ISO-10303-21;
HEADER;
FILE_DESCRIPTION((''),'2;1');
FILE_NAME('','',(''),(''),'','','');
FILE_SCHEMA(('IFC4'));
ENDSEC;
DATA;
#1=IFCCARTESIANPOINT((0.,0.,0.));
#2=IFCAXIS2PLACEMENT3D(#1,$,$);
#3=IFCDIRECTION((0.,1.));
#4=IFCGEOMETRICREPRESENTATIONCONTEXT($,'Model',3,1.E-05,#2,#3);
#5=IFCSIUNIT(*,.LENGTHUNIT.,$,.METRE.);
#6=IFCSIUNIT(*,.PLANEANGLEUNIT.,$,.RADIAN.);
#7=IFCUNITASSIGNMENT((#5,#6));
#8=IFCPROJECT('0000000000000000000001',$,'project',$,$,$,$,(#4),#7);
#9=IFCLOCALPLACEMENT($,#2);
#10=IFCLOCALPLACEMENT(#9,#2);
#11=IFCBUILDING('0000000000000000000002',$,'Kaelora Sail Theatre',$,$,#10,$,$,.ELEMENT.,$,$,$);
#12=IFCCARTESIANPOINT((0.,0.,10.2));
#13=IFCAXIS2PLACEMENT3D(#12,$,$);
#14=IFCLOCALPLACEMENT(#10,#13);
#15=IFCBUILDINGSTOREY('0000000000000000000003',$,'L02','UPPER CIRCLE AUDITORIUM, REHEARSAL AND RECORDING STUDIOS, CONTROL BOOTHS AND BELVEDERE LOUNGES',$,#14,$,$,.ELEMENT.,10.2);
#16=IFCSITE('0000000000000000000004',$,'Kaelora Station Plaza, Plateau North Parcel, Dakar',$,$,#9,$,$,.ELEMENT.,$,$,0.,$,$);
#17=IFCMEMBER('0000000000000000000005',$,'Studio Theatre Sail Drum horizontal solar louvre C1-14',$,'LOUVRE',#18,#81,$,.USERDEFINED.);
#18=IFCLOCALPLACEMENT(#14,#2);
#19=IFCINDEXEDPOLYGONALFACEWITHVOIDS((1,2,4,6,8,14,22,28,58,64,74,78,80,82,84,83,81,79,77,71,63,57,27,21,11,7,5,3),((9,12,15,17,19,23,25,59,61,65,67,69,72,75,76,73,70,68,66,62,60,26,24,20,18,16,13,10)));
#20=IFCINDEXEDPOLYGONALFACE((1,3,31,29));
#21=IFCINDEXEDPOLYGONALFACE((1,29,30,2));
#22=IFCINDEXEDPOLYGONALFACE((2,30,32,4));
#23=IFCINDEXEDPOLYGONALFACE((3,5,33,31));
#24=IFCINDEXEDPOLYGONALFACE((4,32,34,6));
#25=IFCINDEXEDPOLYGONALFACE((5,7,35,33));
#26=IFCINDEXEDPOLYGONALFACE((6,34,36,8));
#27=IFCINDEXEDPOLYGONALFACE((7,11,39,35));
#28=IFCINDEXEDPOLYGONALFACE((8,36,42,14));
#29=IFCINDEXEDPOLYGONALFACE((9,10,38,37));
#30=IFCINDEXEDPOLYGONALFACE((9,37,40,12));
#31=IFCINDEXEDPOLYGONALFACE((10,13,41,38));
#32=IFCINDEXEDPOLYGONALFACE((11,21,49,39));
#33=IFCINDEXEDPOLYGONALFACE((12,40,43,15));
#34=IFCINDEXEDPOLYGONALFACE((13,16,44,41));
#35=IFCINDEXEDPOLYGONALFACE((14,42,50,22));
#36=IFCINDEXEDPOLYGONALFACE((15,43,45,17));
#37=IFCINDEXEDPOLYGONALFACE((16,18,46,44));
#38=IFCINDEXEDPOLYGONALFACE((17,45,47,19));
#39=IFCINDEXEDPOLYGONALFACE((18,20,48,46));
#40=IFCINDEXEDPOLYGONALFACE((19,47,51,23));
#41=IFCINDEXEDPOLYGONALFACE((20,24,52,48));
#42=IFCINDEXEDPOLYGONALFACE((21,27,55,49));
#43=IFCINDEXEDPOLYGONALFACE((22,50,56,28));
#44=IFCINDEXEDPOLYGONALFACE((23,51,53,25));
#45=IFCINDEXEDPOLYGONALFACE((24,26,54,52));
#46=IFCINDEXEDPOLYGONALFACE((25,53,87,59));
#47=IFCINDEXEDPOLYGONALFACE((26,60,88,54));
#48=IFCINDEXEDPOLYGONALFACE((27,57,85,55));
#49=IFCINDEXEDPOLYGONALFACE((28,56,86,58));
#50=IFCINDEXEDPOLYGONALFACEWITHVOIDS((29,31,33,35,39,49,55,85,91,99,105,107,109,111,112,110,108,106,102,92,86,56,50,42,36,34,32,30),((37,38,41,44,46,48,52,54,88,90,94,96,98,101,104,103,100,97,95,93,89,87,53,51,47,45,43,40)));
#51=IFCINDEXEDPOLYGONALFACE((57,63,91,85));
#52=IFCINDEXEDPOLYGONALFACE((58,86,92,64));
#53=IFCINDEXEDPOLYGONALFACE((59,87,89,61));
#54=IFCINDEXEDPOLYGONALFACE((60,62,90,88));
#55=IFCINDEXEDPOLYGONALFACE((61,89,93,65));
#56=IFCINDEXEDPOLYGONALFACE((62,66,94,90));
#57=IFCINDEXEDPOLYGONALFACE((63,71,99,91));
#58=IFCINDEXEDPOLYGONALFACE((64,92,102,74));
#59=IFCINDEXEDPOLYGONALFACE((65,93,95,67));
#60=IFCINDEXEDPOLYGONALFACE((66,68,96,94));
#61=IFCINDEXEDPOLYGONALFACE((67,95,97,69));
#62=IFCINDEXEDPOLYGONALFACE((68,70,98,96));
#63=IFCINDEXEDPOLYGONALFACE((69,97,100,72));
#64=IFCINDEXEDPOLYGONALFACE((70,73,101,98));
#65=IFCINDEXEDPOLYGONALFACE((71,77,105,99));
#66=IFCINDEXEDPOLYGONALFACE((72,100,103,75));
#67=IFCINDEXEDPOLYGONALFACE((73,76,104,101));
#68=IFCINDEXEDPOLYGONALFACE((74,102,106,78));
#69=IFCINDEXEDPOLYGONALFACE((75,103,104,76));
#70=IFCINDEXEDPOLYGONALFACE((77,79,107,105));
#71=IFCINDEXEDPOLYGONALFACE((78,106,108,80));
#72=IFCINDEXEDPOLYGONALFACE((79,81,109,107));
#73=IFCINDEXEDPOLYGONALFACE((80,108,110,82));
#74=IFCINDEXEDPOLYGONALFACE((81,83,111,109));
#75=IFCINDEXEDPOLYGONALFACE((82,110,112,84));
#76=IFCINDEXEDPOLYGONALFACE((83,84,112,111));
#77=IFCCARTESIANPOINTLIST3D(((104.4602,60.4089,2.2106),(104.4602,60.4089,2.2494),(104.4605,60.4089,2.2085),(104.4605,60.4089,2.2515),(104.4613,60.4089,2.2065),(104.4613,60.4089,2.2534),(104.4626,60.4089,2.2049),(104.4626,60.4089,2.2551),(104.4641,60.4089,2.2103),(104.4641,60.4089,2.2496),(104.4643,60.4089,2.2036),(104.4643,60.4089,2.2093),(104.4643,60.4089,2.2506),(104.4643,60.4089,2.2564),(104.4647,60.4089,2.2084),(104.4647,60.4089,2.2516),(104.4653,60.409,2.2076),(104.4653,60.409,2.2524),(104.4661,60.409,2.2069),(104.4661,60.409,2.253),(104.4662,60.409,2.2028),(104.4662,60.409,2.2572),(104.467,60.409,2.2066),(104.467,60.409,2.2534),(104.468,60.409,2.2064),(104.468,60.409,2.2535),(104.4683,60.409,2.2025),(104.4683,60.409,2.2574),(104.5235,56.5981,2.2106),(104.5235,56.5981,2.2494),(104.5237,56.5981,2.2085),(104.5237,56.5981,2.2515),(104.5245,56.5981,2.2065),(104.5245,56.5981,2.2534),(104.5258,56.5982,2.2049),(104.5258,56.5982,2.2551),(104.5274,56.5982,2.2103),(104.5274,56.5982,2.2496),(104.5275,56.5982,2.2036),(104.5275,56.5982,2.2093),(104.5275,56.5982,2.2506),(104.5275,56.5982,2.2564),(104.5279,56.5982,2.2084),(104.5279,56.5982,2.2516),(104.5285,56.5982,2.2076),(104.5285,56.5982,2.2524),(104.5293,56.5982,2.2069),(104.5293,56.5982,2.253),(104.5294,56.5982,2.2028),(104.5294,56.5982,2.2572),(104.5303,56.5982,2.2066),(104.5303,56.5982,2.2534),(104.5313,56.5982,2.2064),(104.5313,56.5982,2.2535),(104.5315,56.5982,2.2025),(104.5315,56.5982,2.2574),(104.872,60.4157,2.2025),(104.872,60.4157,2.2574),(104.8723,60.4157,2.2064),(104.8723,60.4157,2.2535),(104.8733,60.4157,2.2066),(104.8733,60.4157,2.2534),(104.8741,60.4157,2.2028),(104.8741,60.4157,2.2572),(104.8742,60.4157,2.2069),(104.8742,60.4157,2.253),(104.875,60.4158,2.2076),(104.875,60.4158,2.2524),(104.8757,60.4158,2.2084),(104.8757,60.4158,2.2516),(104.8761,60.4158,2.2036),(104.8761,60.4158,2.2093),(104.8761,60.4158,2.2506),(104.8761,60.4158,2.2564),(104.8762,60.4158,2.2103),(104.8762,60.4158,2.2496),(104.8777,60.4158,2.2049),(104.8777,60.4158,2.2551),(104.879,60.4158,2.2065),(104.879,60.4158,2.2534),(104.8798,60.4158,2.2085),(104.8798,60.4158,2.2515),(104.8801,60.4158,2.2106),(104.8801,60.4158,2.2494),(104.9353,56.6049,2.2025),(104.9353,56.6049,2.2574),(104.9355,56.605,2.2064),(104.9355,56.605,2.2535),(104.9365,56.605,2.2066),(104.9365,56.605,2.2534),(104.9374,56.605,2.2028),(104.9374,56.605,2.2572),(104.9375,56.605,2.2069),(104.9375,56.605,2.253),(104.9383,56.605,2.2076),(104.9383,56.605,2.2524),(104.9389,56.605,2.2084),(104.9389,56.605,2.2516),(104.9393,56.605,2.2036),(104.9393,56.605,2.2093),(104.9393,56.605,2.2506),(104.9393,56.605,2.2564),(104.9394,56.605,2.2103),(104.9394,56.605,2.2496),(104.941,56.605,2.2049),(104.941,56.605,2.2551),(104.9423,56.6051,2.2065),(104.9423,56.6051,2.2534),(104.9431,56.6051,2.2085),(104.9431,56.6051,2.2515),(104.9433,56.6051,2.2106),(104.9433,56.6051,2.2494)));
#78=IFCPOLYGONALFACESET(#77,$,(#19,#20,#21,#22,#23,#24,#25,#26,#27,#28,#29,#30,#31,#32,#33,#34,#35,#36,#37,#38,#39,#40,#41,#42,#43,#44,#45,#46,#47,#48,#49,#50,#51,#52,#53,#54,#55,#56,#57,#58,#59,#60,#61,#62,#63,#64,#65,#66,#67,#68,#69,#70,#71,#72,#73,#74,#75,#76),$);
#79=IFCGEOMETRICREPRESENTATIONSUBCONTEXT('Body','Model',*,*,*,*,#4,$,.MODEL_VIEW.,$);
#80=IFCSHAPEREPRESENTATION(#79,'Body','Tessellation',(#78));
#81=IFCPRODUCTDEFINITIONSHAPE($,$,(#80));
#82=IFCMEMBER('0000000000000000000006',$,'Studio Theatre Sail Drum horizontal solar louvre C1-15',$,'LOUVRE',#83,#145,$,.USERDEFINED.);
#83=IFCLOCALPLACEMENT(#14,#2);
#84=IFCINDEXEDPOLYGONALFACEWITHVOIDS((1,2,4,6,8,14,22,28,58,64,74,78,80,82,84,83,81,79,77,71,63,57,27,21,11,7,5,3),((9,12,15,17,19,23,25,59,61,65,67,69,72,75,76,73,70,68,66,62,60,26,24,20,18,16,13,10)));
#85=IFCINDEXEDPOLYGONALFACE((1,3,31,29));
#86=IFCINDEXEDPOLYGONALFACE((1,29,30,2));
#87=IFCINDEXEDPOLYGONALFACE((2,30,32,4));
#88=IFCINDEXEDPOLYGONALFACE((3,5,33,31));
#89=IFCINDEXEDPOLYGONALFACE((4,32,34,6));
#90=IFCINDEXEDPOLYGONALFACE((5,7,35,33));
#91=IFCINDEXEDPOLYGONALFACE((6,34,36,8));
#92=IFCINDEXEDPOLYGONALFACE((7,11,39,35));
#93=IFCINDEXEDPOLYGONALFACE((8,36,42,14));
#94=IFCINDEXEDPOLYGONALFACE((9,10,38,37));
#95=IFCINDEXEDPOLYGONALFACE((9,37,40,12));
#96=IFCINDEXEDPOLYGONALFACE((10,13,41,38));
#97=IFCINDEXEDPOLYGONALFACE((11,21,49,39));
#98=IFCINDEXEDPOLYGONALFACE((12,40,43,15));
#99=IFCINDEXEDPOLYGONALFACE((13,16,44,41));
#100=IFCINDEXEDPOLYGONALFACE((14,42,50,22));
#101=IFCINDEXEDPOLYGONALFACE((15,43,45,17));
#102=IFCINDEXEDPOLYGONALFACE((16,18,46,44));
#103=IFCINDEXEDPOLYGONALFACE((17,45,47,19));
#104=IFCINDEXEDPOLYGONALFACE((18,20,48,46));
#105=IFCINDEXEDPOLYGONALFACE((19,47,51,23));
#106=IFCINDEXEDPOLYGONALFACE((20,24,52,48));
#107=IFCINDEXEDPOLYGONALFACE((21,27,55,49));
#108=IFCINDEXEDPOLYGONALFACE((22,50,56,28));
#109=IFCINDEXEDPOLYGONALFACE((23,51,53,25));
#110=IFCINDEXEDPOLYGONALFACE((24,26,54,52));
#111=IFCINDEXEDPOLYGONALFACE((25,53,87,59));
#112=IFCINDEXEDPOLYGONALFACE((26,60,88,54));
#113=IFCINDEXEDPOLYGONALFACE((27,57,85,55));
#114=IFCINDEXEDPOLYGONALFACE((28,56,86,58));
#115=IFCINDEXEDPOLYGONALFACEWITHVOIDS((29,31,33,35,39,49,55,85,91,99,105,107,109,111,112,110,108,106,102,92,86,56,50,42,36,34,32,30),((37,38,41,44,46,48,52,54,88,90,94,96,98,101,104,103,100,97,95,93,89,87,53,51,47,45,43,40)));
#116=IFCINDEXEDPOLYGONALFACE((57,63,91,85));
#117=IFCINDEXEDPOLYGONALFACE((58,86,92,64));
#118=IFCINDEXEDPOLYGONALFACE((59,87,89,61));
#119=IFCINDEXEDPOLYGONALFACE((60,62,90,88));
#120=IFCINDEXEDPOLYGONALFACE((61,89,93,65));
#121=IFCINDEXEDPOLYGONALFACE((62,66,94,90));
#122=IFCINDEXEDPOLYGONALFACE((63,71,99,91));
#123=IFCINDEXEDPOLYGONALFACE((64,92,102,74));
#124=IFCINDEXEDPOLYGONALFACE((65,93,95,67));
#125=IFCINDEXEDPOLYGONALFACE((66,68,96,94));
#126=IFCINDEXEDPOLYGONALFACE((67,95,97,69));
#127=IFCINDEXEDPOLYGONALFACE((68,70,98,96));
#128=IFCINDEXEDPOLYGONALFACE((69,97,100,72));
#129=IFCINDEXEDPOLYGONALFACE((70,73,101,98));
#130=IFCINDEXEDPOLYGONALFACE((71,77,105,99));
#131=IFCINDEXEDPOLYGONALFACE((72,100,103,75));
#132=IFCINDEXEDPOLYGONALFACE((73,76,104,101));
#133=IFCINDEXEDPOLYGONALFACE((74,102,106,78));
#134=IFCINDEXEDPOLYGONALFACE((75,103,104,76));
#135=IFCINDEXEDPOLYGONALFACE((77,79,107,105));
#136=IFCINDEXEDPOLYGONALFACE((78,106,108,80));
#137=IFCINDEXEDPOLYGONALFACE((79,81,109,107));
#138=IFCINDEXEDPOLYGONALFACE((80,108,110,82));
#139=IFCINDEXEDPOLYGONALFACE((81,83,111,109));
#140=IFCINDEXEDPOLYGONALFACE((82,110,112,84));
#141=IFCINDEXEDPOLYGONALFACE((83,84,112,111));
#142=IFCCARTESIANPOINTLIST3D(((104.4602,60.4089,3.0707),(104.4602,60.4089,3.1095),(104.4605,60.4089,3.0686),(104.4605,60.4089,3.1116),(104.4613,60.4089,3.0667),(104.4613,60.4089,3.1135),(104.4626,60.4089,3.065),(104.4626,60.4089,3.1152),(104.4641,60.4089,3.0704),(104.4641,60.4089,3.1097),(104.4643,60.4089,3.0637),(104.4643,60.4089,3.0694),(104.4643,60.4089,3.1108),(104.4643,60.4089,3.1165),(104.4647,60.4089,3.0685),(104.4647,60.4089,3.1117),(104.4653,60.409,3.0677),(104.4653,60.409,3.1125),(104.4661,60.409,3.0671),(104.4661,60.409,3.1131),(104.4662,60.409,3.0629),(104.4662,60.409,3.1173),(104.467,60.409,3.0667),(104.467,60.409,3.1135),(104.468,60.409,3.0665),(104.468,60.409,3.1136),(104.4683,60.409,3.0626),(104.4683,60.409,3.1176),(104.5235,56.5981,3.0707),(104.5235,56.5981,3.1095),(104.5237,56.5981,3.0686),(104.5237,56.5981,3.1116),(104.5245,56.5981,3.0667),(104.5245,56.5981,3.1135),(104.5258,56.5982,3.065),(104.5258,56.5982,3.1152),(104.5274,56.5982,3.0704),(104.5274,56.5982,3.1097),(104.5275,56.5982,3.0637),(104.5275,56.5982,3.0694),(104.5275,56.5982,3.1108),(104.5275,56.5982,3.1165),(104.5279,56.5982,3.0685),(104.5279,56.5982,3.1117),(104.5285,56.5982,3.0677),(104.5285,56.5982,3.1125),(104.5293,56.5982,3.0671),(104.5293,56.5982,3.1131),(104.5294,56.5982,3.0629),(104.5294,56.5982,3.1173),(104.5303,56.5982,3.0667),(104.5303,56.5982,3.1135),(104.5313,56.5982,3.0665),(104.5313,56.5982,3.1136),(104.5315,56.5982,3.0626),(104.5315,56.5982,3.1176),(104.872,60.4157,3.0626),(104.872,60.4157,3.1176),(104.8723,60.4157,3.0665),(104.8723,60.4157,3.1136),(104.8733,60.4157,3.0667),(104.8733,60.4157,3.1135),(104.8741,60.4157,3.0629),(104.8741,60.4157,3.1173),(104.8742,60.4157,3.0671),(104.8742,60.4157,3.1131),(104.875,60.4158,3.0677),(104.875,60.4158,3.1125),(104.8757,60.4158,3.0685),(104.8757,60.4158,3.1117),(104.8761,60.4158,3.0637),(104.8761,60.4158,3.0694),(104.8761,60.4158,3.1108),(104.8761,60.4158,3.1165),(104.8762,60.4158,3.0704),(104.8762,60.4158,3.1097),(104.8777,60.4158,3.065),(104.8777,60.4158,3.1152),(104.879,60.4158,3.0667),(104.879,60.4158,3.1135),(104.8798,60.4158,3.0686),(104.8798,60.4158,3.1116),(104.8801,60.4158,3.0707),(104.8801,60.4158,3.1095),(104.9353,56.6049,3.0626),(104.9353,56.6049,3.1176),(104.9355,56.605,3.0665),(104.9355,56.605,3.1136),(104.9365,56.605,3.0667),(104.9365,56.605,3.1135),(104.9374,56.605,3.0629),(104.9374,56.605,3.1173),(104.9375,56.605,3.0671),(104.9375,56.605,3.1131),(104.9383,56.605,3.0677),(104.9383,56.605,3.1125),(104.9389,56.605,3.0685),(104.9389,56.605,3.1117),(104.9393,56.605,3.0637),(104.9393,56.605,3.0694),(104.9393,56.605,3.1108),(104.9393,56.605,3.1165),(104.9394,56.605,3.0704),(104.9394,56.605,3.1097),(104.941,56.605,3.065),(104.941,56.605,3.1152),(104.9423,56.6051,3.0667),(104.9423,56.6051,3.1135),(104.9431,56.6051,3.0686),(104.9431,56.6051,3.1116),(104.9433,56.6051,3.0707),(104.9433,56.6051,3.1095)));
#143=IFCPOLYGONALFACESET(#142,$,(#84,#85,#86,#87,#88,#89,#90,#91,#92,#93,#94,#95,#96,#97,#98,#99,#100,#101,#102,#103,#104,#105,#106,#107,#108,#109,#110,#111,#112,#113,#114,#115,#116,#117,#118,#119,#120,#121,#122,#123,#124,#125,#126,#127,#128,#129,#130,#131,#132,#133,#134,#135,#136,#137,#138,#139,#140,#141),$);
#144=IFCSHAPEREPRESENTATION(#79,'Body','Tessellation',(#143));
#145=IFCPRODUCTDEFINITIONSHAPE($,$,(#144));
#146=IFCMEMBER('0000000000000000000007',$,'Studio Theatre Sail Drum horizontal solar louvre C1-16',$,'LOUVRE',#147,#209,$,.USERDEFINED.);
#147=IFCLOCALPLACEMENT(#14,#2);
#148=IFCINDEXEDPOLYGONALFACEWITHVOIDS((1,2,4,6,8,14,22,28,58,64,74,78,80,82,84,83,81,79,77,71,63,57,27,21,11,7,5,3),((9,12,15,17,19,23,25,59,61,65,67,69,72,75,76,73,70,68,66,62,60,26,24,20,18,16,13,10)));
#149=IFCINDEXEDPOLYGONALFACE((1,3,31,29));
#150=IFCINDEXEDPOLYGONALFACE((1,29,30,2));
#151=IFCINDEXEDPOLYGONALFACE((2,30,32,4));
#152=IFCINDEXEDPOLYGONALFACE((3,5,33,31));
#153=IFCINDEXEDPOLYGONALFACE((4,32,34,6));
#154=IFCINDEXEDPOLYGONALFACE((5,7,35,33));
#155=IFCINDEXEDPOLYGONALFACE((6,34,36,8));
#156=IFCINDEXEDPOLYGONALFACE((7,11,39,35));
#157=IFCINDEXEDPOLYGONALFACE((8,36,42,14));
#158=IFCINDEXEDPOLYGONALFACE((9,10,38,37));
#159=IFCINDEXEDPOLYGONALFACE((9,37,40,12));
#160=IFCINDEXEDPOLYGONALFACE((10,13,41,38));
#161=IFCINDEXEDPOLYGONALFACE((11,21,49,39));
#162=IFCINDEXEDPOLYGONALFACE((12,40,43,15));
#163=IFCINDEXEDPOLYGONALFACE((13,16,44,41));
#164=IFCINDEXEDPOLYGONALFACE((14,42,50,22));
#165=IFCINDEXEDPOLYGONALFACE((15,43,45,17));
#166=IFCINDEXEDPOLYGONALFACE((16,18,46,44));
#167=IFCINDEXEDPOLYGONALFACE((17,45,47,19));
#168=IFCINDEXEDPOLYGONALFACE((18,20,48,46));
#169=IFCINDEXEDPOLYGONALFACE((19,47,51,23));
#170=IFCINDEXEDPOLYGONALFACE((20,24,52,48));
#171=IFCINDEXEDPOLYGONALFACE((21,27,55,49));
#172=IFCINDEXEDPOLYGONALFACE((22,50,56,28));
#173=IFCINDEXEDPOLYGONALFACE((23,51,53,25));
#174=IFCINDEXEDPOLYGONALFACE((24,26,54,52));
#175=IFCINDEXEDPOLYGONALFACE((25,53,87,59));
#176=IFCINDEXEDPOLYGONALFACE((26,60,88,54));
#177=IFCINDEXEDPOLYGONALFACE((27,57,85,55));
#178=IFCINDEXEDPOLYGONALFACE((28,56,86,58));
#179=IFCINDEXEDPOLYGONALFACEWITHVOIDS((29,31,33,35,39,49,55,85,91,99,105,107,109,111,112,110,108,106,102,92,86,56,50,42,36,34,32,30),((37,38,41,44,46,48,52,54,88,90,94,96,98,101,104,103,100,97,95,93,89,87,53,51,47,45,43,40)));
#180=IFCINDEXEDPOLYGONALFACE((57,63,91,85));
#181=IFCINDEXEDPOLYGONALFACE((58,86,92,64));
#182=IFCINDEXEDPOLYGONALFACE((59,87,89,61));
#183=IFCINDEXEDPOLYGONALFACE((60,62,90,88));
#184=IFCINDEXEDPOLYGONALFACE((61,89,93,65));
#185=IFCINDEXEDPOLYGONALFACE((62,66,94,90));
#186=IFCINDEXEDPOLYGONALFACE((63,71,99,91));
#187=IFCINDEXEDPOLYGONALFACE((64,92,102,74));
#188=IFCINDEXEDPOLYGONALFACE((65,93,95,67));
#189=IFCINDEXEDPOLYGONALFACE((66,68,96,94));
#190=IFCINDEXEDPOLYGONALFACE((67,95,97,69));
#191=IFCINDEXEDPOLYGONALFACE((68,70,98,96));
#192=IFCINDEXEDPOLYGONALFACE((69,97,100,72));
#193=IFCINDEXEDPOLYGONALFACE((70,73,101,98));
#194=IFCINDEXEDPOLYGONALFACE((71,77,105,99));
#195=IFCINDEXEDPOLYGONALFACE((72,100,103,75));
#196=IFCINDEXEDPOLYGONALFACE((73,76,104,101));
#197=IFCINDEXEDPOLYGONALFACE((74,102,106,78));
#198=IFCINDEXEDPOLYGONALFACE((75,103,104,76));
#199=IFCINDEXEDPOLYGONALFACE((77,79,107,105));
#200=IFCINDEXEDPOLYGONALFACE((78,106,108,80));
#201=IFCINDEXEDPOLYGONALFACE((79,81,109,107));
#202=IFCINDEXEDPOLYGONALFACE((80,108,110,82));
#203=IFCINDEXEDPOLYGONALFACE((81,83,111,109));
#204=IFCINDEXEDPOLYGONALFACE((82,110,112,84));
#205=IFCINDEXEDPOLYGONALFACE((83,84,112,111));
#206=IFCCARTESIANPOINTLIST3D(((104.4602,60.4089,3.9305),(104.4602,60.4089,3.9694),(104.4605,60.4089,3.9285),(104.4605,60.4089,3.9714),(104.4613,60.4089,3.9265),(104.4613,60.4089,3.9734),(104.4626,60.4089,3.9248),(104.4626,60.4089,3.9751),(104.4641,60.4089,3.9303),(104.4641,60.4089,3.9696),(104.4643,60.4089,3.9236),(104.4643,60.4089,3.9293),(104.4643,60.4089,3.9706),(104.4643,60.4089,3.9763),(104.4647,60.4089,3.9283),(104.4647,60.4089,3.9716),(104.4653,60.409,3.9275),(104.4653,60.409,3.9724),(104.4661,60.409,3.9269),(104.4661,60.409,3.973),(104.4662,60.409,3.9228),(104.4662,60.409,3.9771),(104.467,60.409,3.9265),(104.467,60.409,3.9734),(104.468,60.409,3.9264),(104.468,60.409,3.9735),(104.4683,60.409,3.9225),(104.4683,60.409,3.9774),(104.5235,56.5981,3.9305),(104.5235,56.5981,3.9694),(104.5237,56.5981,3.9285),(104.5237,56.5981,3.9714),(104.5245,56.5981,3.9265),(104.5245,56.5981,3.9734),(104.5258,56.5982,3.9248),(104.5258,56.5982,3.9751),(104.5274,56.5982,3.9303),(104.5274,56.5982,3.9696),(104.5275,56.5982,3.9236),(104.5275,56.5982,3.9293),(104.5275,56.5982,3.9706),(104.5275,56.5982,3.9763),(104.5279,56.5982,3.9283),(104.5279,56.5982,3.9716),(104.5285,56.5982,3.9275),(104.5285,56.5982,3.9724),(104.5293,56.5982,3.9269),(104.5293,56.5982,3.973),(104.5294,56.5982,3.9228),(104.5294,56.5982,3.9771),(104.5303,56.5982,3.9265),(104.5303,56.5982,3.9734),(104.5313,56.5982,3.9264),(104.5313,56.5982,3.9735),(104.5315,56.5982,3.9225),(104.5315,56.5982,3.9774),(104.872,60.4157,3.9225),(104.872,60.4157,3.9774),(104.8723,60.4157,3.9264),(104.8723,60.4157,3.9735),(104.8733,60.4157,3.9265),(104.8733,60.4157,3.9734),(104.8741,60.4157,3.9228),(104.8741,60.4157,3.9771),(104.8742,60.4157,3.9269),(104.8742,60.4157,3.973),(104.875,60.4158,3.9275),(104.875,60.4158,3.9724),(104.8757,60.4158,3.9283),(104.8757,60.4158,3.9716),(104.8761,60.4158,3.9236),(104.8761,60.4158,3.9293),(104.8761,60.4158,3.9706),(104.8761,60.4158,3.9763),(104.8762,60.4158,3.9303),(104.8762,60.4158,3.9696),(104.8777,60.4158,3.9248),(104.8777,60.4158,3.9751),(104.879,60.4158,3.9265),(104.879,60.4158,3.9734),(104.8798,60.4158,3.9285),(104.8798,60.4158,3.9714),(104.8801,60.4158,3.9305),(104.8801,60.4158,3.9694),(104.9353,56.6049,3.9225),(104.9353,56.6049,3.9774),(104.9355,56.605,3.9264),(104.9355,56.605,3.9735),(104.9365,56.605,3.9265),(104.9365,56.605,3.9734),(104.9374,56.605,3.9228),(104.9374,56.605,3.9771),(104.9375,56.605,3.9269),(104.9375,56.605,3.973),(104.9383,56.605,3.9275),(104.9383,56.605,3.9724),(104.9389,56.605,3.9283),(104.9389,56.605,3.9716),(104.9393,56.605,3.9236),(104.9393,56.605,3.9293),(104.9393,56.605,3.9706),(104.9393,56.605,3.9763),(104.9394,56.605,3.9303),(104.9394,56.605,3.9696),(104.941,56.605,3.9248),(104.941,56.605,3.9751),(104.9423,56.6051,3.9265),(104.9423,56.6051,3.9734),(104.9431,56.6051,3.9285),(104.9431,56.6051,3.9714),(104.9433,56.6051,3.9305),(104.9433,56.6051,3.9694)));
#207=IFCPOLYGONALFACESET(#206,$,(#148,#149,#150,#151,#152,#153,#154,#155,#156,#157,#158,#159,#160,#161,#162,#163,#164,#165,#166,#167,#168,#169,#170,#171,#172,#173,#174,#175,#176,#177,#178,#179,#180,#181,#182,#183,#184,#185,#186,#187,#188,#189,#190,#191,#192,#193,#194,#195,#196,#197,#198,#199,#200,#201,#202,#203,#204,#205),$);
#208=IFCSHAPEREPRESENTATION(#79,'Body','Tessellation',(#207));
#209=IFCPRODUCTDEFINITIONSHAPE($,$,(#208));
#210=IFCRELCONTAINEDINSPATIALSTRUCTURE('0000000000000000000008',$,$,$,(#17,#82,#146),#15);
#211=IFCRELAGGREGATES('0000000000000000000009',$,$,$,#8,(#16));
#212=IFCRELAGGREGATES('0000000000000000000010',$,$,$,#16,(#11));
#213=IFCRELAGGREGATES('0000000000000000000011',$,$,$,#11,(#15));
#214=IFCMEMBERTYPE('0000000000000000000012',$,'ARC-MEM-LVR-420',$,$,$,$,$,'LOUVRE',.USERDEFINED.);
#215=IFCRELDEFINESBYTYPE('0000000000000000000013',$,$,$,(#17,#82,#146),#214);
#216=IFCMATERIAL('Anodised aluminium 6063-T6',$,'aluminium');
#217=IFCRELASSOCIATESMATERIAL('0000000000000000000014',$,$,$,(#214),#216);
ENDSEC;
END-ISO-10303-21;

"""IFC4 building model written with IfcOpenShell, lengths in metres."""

from ifc_helpers import new_model, si_unit, direction, frame, origin, origin_2d, place, context, subcontext, project, spatial, hollow_rectangle, extrude, material, material_profile, profile_set, type_object, element, save


model = new_model("IFC4")

# Units and contexts
model_context = context("Model", 3, precision=1e-05, world=origin(), true_north=direction((0.0, 1.0)))
body_context = subcontext(model_context, "Body", "Model", "MODEL_VIEW")
ifc_project = project(units=[si_unit("LENGTHUNIT", "METRE"), si_unit("PLANEANGLEUNIT", "RADIAN")], contexts=[model_context])

# Site, building, storey
site_placement = place(None, origin())
site = spatial("IfcSite", under=ifc_project, at=site_placement, Name="Kaelora Station Plaza, Plateau North Parcel, Dakar", CompositionType="ELEMENT", RefElevation=0.0)
building_placement = place(site_placement, origin())
building = spatial("IfcBuilding", under=site, at=building_placement, Name="Kaelora Sail Theatre", CompositionType="ELEMENT")
storey_placement = place(building_placement, frame((0.0, 0.0, 10.2)))
storey = spatial("IfcBuildingStorey", under=building, at=storey_placement, Name="L02", Description="UPPER CIRCLE AUDITORIUM, REHEARSAL AND RECORDING STUDIOS, CONTROL BOOTHS AND BELVEDERE LOUNGES", CompositionType="ELEMENT", Elevation=10.2)

# Members
ifc_material_1 = material(Name="Anodised aluminium 6063-T6", Category="aluminium")
ifc_material_profile_1 = material_profile(ifc_material_1, hollow_rectangle(XDim=0.4199, YDim=0.0549, WallThickness=0.0039, InnerFilletRadius=0.0039, OuterFilletRadius=0.0081, at=origin_2d()), Name="LOUVRE 420x55x4")
ifc_profile_set_1 = profile_set([ifc_material_profile_1], Name="Anodised aluminium 6063-T6")
member_type_1 = type_object("IfcMemberType", Name="ARC-MEM-LVR-420", ElementType="LOUVRE", PredefinedType="USERDEFINED", material=ifc_profile_set_1)
for number, where, z_axis, x_axis, name in (
    (1, (104.6702, 60.4124, 2.23), (0.016591, -0.999862, 0.0), (0.999862, 0.016591, 0.0), "Studio Theatre Sail Drum horizontal solar louvre C1-14"),
    (2, (104.6702, 60.4124, 3.0901), (0.016591, -0.999862, 0.0), (0.999862, 0.016591, 0.0), "Studio Theatre Sail Drum horizontal solar louvre C1-15"),
    (3, (104.6702, 60.4124, 3.95), (0.016591, -0.999862, 0.0), (0.999862, 0.016591, 0.0), "Studio Theatre Sail Drum horizontal solar louvre C1-16"),
):
    element("IfcMember", number, at=place(storey_placement, frame(where, z_axis=z_axis, x_axis=x_axis)), inside=storey, type_object=member_type_1, Name=name, ObjectType="LOUVRE", PredefinedType="USERDEFINED", context=body_context, shape_type="SweptSolid", body=[
        extrude(hollow_rectangle(XDim=0.4199, YDim=0.0549, WallThickness=0.0039, InnerFilletRadius=0.0039, OuterFilletRadius=0.0081, at=origin_2d()), origin(), (0.0, 0.0, 1.0), 3.8113),
    ])

save(model, "model.ifc")
